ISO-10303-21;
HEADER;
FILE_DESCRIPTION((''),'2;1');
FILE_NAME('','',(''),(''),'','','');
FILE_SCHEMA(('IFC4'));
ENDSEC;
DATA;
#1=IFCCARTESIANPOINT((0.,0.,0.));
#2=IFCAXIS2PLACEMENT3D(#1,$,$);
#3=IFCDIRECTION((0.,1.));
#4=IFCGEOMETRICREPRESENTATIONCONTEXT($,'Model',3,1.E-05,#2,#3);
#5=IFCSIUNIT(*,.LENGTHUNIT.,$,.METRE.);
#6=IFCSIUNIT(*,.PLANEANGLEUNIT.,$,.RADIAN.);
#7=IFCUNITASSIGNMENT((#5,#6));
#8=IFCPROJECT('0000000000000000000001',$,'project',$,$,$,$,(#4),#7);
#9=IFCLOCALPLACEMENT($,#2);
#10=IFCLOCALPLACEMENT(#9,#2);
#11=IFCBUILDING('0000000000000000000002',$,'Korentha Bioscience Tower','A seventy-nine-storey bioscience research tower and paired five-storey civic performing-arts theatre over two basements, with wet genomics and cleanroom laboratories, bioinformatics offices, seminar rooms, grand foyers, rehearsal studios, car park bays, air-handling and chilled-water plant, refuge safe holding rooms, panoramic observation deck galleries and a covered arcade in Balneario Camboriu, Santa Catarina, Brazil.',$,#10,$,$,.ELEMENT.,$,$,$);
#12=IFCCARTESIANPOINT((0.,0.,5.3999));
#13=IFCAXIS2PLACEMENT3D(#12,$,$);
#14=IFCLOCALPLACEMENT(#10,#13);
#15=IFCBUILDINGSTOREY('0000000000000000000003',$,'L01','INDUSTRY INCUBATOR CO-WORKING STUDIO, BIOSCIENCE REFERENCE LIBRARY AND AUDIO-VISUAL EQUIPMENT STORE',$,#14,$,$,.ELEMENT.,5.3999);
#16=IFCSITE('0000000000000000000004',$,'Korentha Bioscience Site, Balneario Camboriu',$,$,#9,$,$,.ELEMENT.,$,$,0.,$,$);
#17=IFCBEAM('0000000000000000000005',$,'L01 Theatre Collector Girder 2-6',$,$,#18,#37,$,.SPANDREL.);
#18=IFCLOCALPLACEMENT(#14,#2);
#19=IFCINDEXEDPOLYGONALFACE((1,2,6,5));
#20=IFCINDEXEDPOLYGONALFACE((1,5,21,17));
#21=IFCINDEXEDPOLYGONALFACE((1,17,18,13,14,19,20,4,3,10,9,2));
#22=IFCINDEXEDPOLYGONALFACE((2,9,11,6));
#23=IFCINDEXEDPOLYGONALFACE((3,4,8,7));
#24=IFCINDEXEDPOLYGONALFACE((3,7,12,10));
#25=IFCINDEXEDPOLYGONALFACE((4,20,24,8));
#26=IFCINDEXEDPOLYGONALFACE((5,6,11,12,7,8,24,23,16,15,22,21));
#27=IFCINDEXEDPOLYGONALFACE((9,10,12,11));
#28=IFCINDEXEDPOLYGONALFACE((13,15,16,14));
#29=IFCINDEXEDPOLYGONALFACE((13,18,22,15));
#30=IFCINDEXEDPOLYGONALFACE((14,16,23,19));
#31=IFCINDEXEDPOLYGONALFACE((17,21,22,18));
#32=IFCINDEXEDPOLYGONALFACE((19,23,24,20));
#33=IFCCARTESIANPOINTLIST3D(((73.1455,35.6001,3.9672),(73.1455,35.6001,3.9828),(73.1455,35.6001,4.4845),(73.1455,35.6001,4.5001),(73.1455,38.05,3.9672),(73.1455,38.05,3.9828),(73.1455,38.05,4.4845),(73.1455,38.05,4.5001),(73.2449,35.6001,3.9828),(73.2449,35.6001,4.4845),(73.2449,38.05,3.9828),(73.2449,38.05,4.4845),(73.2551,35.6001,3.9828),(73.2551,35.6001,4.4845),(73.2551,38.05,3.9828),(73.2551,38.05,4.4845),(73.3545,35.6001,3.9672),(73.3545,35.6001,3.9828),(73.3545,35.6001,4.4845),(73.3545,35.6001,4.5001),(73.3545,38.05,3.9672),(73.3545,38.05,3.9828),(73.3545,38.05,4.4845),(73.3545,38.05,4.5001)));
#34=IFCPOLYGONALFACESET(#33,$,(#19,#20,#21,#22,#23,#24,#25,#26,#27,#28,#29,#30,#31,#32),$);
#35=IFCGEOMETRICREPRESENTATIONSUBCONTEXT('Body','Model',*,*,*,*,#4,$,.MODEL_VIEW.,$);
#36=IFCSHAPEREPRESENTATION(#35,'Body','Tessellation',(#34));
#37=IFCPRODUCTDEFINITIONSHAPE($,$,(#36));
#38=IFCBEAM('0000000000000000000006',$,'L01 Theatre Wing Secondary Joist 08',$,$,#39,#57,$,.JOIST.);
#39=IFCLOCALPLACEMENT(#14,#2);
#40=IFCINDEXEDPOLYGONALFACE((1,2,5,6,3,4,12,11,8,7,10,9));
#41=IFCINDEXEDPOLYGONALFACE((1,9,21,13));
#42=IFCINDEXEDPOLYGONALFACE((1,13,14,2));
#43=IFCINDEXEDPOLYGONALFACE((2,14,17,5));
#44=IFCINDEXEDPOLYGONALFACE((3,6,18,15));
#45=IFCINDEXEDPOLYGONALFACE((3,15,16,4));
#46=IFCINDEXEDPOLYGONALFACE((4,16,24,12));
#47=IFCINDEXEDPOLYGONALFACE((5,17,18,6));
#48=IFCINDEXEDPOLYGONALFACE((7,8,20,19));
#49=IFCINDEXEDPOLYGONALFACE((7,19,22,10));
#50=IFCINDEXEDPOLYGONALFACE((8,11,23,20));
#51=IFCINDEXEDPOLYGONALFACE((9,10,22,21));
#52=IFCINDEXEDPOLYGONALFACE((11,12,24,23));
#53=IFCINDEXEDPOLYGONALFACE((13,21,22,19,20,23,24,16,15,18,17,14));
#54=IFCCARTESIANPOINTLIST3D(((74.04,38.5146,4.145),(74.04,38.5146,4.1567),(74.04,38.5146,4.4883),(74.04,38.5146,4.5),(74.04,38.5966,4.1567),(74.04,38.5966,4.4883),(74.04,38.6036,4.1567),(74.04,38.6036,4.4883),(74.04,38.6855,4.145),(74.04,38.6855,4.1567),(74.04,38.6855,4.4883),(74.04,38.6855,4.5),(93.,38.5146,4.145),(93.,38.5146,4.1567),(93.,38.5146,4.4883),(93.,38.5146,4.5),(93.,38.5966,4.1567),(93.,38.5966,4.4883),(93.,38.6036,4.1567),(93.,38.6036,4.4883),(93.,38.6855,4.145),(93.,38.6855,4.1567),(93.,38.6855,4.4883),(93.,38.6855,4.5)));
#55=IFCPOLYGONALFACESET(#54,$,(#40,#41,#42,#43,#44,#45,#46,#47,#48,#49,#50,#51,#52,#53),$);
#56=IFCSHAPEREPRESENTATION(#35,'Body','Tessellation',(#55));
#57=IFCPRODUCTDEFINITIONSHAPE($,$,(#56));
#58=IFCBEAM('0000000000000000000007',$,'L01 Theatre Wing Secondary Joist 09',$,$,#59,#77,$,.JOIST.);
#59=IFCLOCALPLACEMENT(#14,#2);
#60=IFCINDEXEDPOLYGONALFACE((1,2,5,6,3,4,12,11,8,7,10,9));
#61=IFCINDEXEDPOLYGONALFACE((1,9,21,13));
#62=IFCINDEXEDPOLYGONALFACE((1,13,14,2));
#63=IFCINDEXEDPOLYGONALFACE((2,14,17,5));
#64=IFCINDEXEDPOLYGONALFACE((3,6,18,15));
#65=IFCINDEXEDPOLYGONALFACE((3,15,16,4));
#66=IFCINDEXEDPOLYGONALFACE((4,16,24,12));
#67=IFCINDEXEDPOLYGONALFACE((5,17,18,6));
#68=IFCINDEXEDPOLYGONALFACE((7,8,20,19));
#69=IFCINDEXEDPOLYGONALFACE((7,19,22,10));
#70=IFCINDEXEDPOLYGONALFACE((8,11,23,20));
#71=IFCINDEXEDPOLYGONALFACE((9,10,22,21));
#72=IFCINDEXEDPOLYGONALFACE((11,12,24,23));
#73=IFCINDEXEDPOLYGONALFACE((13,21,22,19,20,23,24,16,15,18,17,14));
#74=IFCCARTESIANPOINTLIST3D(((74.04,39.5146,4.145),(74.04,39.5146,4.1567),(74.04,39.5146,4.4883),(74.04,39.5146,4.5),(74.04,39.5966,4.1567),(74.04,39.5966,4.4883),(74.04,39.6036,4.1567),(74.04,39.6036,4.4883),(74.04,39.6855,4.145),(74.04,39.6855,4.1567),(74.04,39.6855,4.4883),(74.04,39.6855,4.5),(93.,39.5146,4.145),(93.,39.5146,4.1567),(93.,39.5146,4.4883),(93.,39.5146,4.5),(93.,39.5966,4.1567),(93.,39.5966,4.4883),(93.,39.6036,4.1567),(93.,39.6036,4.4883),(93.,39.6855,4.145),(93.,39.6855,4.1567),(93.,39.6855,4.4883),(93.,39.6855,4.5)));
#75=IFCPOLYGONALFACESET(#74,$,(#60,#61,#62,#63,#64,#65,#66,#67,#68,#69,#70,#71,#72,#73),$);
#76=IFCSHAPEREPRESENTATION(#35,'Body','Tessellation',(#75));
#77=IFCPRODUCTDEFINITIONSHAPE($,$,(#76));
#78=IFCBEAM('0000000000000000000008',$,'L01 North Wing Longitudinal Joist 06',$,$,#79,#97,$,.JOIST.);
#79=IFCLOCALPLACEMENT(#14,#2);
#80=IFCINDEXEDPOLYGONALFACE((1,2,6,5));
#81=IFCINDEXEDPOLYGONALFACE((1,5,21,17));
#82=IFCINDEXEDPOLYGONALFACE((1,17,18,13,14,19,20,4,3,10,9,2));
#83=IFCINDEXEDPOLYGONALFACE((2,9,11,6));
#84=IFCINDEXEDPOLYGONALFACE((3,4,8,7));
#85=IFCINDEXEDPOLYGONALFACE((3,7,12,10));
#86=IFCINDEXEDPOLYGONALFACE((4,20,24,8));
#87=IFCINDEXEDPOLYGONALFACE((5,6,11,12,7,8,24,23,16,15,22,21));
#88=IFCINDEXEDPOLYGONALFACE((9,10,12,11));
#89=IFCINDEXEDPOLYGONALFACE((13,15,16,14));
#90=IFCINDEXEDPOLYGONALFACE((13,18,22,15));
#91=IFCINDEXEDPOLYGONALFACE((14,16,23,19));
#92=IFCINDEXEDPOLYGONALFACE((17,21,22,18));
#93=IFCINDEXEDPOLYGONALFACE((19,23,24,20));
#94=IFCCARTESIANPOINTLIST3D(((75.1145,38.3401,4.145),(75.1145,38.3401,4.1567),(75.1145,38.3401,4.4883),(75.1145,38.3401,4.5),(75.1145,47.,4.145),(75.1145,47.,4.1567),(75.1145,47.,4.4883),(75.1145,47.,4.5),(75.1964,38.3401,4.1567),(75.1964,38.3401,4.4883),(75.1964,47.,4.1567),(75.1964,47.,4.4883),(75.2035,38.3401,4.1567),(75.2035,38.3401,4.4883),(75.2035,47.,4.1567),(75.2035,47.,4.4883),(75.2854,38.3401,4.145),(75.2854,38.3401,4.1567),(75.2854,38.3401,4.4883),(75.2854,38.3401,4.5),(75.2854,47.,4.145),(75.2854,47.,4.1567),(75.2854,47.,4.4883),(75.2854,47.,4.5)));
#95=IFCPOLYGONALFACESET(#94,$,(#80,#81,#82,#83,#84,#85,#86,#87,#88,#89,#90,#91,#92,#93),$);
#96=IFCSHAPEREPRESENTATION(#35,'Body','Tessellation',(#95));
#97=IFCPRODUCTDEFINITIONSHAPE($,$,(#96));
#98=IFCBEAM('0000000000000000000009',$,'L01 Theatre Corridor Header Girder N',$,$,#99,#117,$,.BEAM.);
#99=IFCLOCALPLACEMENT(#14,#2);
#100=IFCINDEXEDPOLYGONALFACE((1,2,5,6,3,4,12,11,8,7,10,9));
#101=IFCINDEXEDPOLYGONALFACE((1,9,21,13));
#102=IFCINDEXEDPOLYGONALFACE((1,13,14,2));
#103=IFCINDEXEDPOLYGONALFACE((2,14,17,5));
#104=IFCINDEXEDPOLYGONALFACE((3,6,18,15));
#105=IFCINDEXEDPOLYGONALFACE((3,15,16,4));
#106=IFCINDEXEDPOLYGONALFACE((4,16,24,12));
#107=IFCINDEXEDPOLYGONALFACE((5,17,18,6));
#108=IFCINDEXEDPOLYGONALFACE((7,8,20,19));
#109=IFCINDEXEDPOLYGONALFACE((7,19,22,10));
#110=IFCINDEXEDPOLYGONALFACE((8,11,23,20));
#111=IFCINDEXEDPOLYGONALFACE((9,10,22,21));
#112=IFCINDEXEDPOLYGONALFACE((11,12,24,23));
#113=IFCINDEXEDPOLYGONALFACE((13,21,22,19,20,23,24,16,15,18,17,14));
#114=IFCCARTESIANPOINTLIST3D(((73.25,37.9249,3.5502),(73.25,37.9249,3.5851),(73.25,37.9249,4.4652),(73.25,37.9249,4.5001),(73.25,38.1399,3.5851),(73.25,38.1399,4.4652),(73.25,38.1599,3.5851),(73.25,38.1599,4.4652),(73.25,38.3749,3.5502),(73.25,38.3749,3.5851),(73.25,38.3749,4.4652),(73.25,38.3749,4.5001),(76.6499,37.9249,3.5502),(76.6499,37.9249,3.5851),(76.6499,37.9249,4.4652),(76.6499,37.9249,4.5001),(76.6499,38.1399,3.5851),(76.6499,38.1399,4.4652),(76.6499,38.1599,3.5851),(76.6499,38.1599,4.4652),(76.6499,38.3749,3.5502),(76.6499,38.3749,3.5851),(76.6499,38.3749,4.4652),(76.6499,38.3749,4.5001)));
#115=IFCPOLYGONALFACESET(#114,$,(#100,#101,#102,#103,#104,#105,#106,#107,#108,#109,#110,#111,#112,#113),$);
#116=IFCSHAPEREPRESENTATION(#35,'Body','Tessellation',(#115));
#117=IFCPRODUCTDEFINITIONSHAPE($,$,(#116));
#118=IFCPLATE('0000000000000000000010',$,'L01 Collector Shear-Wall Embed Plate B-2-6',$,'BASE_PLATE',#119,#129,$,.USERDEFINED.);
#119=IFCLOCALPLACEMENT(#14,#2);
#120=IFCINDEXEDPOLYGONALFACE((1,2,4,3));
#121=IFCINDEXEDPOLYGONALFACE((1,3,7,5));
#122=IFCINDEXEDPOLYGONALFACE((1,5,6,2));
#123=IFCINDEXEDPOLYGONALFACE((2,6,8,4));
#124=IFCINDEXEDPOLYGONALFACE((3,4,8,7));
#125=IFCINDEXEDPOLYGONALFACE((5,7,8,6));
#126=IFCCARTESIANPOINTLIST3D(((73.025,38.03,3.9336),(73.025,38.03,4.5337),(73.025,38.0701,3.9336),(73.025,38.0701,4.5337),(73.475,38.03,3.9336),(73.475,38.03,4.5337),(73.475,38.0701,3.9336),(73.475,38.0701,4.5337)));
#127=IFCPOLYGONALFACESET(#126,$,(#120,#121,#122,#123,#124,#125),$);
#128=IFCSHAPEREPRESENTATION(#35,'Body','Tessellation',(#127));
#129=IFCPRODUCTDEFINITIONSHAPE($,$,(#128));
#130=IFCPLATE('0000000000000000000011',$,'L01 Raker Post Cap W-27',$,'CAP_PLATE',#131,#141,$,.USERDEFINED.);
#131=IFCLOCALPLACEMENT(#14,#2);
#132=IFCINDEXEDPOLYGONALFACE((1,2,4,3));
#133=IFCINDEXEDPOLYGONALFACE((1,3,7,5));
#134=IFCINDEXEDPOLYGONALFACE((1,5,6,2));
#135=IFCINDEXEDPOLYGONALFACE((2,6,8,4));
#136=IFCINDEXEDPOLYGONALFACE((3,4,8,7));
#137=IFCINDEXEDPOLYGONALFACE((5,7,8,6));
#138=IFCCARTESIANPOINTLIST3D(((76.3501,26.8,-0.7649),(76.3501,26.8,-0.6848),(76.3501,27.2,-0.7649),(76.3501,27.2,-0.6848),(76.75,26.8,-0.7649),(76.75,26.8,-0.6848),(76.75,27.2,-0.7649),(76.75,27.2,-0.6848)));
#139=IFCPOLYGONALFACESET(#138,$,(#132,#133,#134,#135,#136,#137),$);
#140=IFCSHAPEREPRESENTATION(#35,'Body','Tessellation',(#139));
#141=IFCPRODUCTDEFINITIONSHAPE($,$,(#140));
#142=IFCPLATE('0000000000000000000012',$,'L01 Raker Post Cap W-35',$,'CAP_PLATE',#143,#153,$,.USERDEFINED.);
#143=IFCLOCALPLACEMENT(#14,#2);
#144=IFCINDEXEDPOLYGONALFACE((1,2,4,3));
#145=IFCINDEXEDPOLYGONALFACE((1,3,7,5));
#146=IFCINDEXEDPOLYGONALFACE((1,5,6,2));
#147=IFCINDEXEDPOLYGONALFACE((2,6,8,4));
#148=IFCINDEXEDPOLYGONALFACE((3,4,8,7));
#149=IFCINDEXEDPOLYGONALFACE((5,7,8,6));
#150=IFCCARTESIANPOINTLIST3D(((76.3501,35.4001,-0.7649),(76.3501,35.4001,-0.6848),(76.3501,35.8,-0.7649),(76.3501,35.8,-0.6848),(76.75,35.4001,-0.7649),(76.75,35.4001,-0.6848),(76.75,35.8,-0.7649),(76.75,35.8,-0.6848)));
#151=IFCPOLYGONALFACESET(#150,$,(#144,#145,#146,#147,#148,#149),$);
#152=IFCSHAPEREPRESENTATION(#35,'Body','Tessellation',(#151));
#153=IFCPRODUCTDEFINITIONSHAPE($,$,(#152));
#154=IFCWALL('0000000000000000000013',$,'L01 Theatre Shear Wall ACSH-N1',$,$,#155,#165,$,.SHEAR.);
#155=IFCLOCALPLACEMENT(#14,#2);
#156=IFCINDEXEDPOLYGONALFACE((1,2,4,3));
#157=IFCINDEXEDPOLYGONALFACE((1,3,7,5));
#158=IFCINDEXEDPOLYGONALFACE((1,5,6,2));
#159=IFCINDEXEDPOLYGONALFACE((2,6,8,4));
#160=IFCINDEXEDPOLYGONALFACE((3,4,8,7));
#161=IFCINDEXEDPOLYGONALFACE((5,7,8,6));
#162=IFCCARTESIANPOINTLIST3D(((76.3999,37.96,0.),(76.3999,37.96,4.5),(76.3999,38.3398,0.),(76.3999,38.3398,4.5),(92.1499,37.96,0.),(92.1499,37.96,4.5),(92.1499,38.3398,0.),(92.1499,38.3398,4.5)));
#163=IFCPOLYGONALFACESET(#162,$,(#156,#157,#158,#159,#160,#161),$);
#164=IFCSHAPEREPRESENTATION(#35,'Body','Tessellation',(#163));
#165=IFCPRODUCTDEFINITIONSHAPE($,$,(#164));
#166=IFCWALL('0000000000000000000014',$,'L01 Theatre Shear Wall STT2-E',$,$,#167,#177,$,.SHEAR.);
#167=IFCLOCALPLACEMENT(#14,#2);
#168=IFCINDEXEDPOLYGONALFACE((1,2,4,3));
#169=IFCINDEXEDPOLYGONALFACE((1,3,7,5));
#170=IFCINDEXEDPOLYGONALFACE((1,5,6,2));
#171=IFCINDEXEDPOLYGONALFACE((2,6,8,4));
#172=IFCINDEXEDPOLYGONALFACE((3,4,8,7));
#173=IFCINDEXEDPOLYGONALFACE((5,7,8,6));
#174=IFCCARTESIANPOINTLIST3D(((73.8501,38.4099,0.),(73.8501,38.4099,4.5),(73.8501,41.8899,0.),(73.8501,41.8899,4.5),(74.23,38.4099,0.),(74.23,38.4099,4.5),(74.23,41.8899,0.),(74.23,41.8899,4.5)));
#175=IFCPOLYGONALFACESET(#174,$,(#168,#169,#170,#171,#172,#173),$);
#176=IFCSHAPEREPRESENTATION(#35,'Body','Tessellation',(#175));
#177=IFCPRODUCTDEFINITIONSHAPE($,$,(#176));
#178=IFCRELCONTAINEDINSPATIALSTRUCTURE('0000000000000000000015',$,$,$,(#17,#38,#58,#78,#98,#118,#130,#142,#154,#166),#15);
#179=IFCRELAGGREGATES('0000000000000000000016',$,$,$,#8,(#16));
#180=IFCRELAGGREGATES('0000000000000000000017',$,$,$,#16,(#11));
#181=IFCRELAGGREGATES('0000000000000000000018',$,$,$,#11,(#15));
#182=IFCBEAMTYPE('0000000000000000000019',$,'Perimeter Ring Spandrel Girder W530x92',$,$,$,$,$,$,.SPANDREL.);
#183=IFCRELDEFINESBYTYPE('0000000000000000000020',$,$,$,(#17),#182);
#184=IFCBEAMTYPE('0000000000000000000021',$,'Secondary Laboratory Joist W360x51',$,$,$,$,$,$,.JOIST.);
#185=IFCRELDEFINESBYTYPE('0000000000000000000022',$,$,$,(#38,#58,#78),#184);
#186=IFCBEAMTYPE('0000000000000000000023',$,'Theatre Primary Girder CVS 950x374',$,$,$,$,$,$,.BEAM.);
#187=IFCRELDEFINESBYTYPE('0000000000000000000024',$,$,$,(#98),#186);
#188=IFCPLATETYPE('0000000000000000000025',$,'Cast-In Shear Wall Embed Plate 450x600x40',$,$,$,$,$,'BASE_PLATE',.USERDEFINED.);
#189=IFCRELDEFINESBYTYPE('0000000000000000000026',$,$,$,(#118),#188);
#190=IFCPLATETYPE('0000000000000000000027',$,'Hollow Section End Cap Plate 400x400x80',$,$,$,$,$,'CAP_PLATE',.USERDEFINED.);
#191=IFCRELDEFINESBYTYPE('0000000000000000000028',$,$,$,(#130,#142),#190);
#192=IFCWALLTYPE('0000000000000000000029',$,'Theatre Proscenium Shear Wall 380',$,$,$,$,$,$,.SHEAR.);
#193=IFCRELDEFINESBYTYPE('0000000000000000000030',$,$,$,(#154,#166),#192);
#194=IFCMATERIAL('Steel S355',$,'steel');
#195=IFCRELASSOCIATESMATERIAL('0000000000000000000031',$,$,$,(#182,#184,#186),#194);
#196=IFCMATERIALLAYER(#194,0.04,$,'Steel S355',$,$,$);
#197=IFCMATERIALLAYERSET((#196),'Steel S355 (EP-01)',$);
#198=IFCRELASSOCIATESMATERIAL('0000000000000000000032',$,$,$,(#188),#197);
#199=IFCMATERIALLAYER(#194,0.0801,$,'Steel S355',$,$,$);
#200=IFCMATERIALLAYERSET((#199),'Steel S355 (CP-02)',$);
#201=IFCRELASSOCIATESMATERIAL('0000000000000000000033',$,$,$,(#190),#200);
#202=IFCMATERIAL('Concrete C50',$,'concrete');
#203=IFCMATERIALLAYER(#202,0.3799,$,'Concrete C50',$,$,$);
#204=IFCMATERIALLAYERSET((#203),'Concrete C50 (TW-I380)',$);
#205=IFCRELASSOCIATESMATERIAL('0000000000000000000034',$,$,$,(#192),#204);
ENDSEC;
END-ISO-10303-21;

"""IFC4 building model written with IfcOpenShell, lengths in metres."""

from ifc_helpers import new_model, si_unit, direction, frame, frame_2d, origin, origin_2d, place, context, subcontext, project, spatial, rectangle, i_section, extrude, material, layer, layer_set, material_profile, profile_set, type_object, element, save


model = new_model("IFC4")

# Units and contexts
model_context = context("Model", 3, precision=1e-05, world=origin(), true_north=direction((0.0, 1.0)))
body_context = subcontext(model_context, "Body", "Model", "MODEL_VIEW")
ifc_project = project(units=[si_unit("LENGTHUNIT", "METRE"), si_unit("PLANEANGLEUNIT", "RADIAN")], contexts=[model_context])

# Site, building, storey
site_placement = place(None, origin())
site = spatial("IfcSite", under=ifc_project, at=site_placement, Name="Korentha Bioscience Site, Balneario Camboriu", CompositionType="ELEMENT", RefElevation=0.0)
building_placement = place(site_placement, origin())
building = spatial("IfcBuilding", under=site, at=building_placement, Name="Korentha Bioscience Tower", Description="A seventy-nine-storey bioscience research tower and paired five-storey civic performing-arts theatre over two basements, with wet genomics and cleanroom laboratories, bioinformatics offices, seminar rooms, grand foyers, rehearsal studios, car park bays, air-handling and chilled-water plant, refuge safe holding rooms, panoramic observation deck galleries and a covered arcade in Balneario Camboriu, Santa Catarina, Brazil.", CompositionType="ELEMENT")
storey_placement = place(building_placement, frame((0.0, 0.0, 5.3999)))
storey = spatial("IfcBuildingStorey", under=building, at=storey_placement, Name="L01", Description="INDUSTRY INCUBATOR CO-WORKING STUDIO, BIOSCIENCE REFERENCE LIBRARY AND AUDIO-VISUAL EQUIPMENT STORE", CompositionType="ELEMENT", Elevation=5.3999)

# Shared definitions
ifc_material_1 = material(Name="Concrete C50", Category="concrete")
ifc_material_2 = material(Name="Steel S355", Category="steel")

# Beams
ifc_material_profile_1 = material_profile(ifc_material_2, i_section(OverallWidth=0.209, OverallDepth=0.533, WebThickness=0.0103, FlangeThickness=0.0156, at=origin_2d()), Name="Steel S355")
ifc_profile_set_1 = profile_set([ifc_material_profile_1], Name="Steel S355 (SB-530)")
beam_type_1 = type_object("IfcBeamType", Name="Perimeter Ring Spandrel Girder W530x92", PredefinedType="SPANDREL", material=ifc_profile_set_1)
beam_1_placement = place(storey_placement, frame((73.25, 35.6001, 4.2336), z_axis=(0.0, 1.0, 0.0), x_axis=(-1.0, 0.0, 0.0)))
element("IfcBeam", 1, at=beam_1_placement, inside=storey, type_object=beam_type_1, Name="L01 Theatre Collector Girder 2-6", PredefinedType="SPANDREL", context=body_context, shape_type="SweptSolid", body=[
    extrude(i_section(OverallWidth=0.209, OverallDepth=0.533, WebThickness=0.0103, FlangeThickness=0.0156, at=origin_2d()), origin(), (0.0, 0.0, 1.0), 2.45),
])
ifc_material_profile_2 = material_profile(ifc_material_2, i_section(OverallWidth=0.1709, OverallDepth=0.355, WebThickness=0.0071, FlangeThickness=0.0117, at=origin_2d()), Name="Steel S355")
ifc_profile_set_2 = profile_set([ifc_material_profile_2], Name="Steel S355 (JB-360)")
beam_type_2 = type_object("IfcBeamType", Name="Secondary Laboratory Joist W360x51", PredefinedType="JOIST", material=ifc_profile_set_2)
for number, where, z_axis, x_axis, name in (
    (2, (74.04, 38.6001, 4.3225), (1.0, 0.0, 0.0), (0.0, 1.0, 0.0), "L01 Theatre Wing Secondary Joist 08"),
    (3, (74.04, 39.6001, 4.3225), (1.0, 0.0, 0.0), (0.0, 1.0, 0.0), "L01 Theatre Wing Secondary Joist 09"),
):
    element("IfcBeam", number, at=place(storey_placement, frame(where, z_axis=z_axis, x_axis=x_axis)), inside=storey, type_object=beam_type_2, Name=name, PredefinedType="JOIST", context=body_context, shape_type="SweptSolid", body=[
        extrude(i_section(OverallWidth=0.1709, OverallDepth=0.355, WebThickness=0.0071, FlangeThickness=0.0117, at=origin_2d()), origin(), (0.0, 0.0, 1.0), 18.96),
    ])
beam_2_placement = place(storey_placement, frame((75.2, 38.3401, 4.3225), z_axis=(0.0, 1.0, 0.0), x_axis=(-1.0, 0.0, 0.0)))
element("IfcBeam", 4, at=beam_2_placement, inside=storey, type_object=beam_type_2, Name="L01 North Wing Longitudinal Joist 06", PredefinedType="JOIST", context=body_context, shape_type="SweptSolid", body=[
    extrude(i_section(OverallWidth=0.1709, OverallDepth=0.355, WebThickness=0.0071, FlangeThickness=0.0117, at=origin_2d()), origin(), (0.0, 0.0, 1.0), 8.6599),
])
ifc_material_profile_3 = material_profile(ifc_material_2, i_section(OverallWidth=0.45, OverallDepth=0.95, WebThickness=0.02, FlangeThickness=0.0349, at=origin_2d()), Name="Steel S355")
ifc_profile_set_3 = profile_set([ifc_material_profile_3], Name="Steel S355 (TB-950)")
beam_type_3 = type_object("IfcBeamType", Name="Theatre Primary Girder CVS 950x374", PredefinedType="BEAM", material=ifc_profile_set_3)
beam_3_placement = place(storey_placement, frame((73.25, 38.1499, 4.0251), z_axis=(1.0, 0.0, 0.0), x_axis=(0.0, 1.0, 0.0)))
element("IfcBeam", 5, at=beam_3_placement, inside=storey, type_object=beam_type_3, Name="L01 Theatre Corridor Header Girder N", PredefinedType="BEAM", context=body_context, shape_type="SweptSolid", body=[
    extrude(i_section(OverallWidth=0.45, OverallDepth=0.95, WebThickness=0.02, FlangeThickness=0.0349, at=origin_2d()), origin(), (0.0, 0.0, 1.0), 3.3999),
])

# Plates
ifc_layer_1 = layer(ifc_material_2, 0.04, Name="Steel S355")
ifc_layer_set_1 = layer_set([ifc_layer_1], Name="Steel S355 (EP-01)")
plate_type_1 = type_object("IfcPlateType", Name="Cast-In Shear Wall Embed Plate 450x600x40", ElementType="BASE_PLATE", PredefinedType="USERDEFINED", material=ifc_layer_set_1)
plate_placement = place(storey_placement, frame((73.25, 38.05, 3.9336), z_axis=(0.0, 0.0, 1.0), x_axis=(1.0, 0.0, 0.0)))
element("IfcPlate", 6, at=plate_placement, inside=storey, type_object=plate_type_1, Name="L01 Collector Shear-Wall Embed Plate B-2-6", ObjectType="BASE_PLATE", PredefinedType="USERDEFINED", context=body_context, shape_type="SweptSolid", body=[
    extrude(rectangle(XDim=0.45, YDim=0.04, at=origin_2d()), origin(), (0.0, 0.0, 1.0), 0.6001),
])
ifc_layer_2 = layer(ifc_material_2, 0.0801, Name="Steel S355")
ifc_layer_set_2 = layer_set([ifc_layer_2], Name="Steel S355 (CP-02)")
plate_type_2 = type_object("IfcPlateType", Name="Hollow Section End Cap Plate 400x400x80", ElementType="CAP_PLATE", PredefinedType="USERDEFINED", material=ifc_layer_set_2)
for number, where, z_axis, x_axis, name in (
    (7, (76.55, 27.0, -0.7649), (0.0, 0.0, 1.0), (1.0, 0.0, 0.0), "L01 Raker Post Cap W-27"),
    (8, (76.55, 35.6001, -0.7649), (0.0, 0.0, 1.0), (1.0, 0.0, 0.0), "L01 Raker Post Cap W-35"),
):
    element("IfcPlate", number, at=place(storey_placement, frame(where, z_axis=z_axis, x_axis=x_axis)), inside=storey, type_object=plate_type_2, Name=name, ObjectType="CAP_PLATE", PredefinedType="USERDEFINED", context=body_context, shape_type="SweptSolid", body=[
        extrude(rectangle(XDim=0.3999, YDim=0.3999, at=origin_2d()), origin(), (0.0, 0.0, 1.0), 0.0801),
    ])

# Walls
ifc_layer_3 = layer(ifc_material_1, 0.3799, Name="Concrete C50")
ifc_layer_set_3 = layer_set([ifc_layer_3], Name="Concrete C50 (TW-I380)")
wall_type = type_object("IfcWallType", Name="Theatre Proscenium Shear Wall 380", PredefinedType="SHEAR", material=ifc_layer_set_3)
wall_1_placement = place(storey_placement, frame((76.3999, 38.1499, 0.0), z_axis=(0.0, 0.0, 1.0), x_axis=(1.0, 0.0, 0.0)))
element("IfcWall", 9, at=wall_1_placement, inside=storey, type_object=wall_type, Name="L01 Theatre Shear Wall ACSH-N1", PredefinedType="SHEAR", context=body_context, shape_type="SweptSolid", body=[
    extrude(rectangle(XDim=15.75, YDim=0.3799, at=frame_2d((7.875, 0.0))), origin(), (0.0, 0.0, 1.0), 4.5),
])
wall_2_placement = place(storey_placement, frame((74.04, 38.4099, 0.0), z_axis=(0.0, 0.0, 1.0), x_axis=(0.0, 1.0, 0.0)))
element("IfcWall", 10, at=wall_2_placement, inside=storey, type_object=wall_type, Name="L01 Theatre Shear Wall STT2-E", PredefinedType="SHEAR", context=body_context, shape_type="SweptSolid", body=[
    extrude(rectangle(XDim=3.48, YDim=0.3799, at=frame_2d((1.74, 0.0))), origin(), (0.0, 0.0, 1.0), 4.5),
])

save(model, "model.ifc")
